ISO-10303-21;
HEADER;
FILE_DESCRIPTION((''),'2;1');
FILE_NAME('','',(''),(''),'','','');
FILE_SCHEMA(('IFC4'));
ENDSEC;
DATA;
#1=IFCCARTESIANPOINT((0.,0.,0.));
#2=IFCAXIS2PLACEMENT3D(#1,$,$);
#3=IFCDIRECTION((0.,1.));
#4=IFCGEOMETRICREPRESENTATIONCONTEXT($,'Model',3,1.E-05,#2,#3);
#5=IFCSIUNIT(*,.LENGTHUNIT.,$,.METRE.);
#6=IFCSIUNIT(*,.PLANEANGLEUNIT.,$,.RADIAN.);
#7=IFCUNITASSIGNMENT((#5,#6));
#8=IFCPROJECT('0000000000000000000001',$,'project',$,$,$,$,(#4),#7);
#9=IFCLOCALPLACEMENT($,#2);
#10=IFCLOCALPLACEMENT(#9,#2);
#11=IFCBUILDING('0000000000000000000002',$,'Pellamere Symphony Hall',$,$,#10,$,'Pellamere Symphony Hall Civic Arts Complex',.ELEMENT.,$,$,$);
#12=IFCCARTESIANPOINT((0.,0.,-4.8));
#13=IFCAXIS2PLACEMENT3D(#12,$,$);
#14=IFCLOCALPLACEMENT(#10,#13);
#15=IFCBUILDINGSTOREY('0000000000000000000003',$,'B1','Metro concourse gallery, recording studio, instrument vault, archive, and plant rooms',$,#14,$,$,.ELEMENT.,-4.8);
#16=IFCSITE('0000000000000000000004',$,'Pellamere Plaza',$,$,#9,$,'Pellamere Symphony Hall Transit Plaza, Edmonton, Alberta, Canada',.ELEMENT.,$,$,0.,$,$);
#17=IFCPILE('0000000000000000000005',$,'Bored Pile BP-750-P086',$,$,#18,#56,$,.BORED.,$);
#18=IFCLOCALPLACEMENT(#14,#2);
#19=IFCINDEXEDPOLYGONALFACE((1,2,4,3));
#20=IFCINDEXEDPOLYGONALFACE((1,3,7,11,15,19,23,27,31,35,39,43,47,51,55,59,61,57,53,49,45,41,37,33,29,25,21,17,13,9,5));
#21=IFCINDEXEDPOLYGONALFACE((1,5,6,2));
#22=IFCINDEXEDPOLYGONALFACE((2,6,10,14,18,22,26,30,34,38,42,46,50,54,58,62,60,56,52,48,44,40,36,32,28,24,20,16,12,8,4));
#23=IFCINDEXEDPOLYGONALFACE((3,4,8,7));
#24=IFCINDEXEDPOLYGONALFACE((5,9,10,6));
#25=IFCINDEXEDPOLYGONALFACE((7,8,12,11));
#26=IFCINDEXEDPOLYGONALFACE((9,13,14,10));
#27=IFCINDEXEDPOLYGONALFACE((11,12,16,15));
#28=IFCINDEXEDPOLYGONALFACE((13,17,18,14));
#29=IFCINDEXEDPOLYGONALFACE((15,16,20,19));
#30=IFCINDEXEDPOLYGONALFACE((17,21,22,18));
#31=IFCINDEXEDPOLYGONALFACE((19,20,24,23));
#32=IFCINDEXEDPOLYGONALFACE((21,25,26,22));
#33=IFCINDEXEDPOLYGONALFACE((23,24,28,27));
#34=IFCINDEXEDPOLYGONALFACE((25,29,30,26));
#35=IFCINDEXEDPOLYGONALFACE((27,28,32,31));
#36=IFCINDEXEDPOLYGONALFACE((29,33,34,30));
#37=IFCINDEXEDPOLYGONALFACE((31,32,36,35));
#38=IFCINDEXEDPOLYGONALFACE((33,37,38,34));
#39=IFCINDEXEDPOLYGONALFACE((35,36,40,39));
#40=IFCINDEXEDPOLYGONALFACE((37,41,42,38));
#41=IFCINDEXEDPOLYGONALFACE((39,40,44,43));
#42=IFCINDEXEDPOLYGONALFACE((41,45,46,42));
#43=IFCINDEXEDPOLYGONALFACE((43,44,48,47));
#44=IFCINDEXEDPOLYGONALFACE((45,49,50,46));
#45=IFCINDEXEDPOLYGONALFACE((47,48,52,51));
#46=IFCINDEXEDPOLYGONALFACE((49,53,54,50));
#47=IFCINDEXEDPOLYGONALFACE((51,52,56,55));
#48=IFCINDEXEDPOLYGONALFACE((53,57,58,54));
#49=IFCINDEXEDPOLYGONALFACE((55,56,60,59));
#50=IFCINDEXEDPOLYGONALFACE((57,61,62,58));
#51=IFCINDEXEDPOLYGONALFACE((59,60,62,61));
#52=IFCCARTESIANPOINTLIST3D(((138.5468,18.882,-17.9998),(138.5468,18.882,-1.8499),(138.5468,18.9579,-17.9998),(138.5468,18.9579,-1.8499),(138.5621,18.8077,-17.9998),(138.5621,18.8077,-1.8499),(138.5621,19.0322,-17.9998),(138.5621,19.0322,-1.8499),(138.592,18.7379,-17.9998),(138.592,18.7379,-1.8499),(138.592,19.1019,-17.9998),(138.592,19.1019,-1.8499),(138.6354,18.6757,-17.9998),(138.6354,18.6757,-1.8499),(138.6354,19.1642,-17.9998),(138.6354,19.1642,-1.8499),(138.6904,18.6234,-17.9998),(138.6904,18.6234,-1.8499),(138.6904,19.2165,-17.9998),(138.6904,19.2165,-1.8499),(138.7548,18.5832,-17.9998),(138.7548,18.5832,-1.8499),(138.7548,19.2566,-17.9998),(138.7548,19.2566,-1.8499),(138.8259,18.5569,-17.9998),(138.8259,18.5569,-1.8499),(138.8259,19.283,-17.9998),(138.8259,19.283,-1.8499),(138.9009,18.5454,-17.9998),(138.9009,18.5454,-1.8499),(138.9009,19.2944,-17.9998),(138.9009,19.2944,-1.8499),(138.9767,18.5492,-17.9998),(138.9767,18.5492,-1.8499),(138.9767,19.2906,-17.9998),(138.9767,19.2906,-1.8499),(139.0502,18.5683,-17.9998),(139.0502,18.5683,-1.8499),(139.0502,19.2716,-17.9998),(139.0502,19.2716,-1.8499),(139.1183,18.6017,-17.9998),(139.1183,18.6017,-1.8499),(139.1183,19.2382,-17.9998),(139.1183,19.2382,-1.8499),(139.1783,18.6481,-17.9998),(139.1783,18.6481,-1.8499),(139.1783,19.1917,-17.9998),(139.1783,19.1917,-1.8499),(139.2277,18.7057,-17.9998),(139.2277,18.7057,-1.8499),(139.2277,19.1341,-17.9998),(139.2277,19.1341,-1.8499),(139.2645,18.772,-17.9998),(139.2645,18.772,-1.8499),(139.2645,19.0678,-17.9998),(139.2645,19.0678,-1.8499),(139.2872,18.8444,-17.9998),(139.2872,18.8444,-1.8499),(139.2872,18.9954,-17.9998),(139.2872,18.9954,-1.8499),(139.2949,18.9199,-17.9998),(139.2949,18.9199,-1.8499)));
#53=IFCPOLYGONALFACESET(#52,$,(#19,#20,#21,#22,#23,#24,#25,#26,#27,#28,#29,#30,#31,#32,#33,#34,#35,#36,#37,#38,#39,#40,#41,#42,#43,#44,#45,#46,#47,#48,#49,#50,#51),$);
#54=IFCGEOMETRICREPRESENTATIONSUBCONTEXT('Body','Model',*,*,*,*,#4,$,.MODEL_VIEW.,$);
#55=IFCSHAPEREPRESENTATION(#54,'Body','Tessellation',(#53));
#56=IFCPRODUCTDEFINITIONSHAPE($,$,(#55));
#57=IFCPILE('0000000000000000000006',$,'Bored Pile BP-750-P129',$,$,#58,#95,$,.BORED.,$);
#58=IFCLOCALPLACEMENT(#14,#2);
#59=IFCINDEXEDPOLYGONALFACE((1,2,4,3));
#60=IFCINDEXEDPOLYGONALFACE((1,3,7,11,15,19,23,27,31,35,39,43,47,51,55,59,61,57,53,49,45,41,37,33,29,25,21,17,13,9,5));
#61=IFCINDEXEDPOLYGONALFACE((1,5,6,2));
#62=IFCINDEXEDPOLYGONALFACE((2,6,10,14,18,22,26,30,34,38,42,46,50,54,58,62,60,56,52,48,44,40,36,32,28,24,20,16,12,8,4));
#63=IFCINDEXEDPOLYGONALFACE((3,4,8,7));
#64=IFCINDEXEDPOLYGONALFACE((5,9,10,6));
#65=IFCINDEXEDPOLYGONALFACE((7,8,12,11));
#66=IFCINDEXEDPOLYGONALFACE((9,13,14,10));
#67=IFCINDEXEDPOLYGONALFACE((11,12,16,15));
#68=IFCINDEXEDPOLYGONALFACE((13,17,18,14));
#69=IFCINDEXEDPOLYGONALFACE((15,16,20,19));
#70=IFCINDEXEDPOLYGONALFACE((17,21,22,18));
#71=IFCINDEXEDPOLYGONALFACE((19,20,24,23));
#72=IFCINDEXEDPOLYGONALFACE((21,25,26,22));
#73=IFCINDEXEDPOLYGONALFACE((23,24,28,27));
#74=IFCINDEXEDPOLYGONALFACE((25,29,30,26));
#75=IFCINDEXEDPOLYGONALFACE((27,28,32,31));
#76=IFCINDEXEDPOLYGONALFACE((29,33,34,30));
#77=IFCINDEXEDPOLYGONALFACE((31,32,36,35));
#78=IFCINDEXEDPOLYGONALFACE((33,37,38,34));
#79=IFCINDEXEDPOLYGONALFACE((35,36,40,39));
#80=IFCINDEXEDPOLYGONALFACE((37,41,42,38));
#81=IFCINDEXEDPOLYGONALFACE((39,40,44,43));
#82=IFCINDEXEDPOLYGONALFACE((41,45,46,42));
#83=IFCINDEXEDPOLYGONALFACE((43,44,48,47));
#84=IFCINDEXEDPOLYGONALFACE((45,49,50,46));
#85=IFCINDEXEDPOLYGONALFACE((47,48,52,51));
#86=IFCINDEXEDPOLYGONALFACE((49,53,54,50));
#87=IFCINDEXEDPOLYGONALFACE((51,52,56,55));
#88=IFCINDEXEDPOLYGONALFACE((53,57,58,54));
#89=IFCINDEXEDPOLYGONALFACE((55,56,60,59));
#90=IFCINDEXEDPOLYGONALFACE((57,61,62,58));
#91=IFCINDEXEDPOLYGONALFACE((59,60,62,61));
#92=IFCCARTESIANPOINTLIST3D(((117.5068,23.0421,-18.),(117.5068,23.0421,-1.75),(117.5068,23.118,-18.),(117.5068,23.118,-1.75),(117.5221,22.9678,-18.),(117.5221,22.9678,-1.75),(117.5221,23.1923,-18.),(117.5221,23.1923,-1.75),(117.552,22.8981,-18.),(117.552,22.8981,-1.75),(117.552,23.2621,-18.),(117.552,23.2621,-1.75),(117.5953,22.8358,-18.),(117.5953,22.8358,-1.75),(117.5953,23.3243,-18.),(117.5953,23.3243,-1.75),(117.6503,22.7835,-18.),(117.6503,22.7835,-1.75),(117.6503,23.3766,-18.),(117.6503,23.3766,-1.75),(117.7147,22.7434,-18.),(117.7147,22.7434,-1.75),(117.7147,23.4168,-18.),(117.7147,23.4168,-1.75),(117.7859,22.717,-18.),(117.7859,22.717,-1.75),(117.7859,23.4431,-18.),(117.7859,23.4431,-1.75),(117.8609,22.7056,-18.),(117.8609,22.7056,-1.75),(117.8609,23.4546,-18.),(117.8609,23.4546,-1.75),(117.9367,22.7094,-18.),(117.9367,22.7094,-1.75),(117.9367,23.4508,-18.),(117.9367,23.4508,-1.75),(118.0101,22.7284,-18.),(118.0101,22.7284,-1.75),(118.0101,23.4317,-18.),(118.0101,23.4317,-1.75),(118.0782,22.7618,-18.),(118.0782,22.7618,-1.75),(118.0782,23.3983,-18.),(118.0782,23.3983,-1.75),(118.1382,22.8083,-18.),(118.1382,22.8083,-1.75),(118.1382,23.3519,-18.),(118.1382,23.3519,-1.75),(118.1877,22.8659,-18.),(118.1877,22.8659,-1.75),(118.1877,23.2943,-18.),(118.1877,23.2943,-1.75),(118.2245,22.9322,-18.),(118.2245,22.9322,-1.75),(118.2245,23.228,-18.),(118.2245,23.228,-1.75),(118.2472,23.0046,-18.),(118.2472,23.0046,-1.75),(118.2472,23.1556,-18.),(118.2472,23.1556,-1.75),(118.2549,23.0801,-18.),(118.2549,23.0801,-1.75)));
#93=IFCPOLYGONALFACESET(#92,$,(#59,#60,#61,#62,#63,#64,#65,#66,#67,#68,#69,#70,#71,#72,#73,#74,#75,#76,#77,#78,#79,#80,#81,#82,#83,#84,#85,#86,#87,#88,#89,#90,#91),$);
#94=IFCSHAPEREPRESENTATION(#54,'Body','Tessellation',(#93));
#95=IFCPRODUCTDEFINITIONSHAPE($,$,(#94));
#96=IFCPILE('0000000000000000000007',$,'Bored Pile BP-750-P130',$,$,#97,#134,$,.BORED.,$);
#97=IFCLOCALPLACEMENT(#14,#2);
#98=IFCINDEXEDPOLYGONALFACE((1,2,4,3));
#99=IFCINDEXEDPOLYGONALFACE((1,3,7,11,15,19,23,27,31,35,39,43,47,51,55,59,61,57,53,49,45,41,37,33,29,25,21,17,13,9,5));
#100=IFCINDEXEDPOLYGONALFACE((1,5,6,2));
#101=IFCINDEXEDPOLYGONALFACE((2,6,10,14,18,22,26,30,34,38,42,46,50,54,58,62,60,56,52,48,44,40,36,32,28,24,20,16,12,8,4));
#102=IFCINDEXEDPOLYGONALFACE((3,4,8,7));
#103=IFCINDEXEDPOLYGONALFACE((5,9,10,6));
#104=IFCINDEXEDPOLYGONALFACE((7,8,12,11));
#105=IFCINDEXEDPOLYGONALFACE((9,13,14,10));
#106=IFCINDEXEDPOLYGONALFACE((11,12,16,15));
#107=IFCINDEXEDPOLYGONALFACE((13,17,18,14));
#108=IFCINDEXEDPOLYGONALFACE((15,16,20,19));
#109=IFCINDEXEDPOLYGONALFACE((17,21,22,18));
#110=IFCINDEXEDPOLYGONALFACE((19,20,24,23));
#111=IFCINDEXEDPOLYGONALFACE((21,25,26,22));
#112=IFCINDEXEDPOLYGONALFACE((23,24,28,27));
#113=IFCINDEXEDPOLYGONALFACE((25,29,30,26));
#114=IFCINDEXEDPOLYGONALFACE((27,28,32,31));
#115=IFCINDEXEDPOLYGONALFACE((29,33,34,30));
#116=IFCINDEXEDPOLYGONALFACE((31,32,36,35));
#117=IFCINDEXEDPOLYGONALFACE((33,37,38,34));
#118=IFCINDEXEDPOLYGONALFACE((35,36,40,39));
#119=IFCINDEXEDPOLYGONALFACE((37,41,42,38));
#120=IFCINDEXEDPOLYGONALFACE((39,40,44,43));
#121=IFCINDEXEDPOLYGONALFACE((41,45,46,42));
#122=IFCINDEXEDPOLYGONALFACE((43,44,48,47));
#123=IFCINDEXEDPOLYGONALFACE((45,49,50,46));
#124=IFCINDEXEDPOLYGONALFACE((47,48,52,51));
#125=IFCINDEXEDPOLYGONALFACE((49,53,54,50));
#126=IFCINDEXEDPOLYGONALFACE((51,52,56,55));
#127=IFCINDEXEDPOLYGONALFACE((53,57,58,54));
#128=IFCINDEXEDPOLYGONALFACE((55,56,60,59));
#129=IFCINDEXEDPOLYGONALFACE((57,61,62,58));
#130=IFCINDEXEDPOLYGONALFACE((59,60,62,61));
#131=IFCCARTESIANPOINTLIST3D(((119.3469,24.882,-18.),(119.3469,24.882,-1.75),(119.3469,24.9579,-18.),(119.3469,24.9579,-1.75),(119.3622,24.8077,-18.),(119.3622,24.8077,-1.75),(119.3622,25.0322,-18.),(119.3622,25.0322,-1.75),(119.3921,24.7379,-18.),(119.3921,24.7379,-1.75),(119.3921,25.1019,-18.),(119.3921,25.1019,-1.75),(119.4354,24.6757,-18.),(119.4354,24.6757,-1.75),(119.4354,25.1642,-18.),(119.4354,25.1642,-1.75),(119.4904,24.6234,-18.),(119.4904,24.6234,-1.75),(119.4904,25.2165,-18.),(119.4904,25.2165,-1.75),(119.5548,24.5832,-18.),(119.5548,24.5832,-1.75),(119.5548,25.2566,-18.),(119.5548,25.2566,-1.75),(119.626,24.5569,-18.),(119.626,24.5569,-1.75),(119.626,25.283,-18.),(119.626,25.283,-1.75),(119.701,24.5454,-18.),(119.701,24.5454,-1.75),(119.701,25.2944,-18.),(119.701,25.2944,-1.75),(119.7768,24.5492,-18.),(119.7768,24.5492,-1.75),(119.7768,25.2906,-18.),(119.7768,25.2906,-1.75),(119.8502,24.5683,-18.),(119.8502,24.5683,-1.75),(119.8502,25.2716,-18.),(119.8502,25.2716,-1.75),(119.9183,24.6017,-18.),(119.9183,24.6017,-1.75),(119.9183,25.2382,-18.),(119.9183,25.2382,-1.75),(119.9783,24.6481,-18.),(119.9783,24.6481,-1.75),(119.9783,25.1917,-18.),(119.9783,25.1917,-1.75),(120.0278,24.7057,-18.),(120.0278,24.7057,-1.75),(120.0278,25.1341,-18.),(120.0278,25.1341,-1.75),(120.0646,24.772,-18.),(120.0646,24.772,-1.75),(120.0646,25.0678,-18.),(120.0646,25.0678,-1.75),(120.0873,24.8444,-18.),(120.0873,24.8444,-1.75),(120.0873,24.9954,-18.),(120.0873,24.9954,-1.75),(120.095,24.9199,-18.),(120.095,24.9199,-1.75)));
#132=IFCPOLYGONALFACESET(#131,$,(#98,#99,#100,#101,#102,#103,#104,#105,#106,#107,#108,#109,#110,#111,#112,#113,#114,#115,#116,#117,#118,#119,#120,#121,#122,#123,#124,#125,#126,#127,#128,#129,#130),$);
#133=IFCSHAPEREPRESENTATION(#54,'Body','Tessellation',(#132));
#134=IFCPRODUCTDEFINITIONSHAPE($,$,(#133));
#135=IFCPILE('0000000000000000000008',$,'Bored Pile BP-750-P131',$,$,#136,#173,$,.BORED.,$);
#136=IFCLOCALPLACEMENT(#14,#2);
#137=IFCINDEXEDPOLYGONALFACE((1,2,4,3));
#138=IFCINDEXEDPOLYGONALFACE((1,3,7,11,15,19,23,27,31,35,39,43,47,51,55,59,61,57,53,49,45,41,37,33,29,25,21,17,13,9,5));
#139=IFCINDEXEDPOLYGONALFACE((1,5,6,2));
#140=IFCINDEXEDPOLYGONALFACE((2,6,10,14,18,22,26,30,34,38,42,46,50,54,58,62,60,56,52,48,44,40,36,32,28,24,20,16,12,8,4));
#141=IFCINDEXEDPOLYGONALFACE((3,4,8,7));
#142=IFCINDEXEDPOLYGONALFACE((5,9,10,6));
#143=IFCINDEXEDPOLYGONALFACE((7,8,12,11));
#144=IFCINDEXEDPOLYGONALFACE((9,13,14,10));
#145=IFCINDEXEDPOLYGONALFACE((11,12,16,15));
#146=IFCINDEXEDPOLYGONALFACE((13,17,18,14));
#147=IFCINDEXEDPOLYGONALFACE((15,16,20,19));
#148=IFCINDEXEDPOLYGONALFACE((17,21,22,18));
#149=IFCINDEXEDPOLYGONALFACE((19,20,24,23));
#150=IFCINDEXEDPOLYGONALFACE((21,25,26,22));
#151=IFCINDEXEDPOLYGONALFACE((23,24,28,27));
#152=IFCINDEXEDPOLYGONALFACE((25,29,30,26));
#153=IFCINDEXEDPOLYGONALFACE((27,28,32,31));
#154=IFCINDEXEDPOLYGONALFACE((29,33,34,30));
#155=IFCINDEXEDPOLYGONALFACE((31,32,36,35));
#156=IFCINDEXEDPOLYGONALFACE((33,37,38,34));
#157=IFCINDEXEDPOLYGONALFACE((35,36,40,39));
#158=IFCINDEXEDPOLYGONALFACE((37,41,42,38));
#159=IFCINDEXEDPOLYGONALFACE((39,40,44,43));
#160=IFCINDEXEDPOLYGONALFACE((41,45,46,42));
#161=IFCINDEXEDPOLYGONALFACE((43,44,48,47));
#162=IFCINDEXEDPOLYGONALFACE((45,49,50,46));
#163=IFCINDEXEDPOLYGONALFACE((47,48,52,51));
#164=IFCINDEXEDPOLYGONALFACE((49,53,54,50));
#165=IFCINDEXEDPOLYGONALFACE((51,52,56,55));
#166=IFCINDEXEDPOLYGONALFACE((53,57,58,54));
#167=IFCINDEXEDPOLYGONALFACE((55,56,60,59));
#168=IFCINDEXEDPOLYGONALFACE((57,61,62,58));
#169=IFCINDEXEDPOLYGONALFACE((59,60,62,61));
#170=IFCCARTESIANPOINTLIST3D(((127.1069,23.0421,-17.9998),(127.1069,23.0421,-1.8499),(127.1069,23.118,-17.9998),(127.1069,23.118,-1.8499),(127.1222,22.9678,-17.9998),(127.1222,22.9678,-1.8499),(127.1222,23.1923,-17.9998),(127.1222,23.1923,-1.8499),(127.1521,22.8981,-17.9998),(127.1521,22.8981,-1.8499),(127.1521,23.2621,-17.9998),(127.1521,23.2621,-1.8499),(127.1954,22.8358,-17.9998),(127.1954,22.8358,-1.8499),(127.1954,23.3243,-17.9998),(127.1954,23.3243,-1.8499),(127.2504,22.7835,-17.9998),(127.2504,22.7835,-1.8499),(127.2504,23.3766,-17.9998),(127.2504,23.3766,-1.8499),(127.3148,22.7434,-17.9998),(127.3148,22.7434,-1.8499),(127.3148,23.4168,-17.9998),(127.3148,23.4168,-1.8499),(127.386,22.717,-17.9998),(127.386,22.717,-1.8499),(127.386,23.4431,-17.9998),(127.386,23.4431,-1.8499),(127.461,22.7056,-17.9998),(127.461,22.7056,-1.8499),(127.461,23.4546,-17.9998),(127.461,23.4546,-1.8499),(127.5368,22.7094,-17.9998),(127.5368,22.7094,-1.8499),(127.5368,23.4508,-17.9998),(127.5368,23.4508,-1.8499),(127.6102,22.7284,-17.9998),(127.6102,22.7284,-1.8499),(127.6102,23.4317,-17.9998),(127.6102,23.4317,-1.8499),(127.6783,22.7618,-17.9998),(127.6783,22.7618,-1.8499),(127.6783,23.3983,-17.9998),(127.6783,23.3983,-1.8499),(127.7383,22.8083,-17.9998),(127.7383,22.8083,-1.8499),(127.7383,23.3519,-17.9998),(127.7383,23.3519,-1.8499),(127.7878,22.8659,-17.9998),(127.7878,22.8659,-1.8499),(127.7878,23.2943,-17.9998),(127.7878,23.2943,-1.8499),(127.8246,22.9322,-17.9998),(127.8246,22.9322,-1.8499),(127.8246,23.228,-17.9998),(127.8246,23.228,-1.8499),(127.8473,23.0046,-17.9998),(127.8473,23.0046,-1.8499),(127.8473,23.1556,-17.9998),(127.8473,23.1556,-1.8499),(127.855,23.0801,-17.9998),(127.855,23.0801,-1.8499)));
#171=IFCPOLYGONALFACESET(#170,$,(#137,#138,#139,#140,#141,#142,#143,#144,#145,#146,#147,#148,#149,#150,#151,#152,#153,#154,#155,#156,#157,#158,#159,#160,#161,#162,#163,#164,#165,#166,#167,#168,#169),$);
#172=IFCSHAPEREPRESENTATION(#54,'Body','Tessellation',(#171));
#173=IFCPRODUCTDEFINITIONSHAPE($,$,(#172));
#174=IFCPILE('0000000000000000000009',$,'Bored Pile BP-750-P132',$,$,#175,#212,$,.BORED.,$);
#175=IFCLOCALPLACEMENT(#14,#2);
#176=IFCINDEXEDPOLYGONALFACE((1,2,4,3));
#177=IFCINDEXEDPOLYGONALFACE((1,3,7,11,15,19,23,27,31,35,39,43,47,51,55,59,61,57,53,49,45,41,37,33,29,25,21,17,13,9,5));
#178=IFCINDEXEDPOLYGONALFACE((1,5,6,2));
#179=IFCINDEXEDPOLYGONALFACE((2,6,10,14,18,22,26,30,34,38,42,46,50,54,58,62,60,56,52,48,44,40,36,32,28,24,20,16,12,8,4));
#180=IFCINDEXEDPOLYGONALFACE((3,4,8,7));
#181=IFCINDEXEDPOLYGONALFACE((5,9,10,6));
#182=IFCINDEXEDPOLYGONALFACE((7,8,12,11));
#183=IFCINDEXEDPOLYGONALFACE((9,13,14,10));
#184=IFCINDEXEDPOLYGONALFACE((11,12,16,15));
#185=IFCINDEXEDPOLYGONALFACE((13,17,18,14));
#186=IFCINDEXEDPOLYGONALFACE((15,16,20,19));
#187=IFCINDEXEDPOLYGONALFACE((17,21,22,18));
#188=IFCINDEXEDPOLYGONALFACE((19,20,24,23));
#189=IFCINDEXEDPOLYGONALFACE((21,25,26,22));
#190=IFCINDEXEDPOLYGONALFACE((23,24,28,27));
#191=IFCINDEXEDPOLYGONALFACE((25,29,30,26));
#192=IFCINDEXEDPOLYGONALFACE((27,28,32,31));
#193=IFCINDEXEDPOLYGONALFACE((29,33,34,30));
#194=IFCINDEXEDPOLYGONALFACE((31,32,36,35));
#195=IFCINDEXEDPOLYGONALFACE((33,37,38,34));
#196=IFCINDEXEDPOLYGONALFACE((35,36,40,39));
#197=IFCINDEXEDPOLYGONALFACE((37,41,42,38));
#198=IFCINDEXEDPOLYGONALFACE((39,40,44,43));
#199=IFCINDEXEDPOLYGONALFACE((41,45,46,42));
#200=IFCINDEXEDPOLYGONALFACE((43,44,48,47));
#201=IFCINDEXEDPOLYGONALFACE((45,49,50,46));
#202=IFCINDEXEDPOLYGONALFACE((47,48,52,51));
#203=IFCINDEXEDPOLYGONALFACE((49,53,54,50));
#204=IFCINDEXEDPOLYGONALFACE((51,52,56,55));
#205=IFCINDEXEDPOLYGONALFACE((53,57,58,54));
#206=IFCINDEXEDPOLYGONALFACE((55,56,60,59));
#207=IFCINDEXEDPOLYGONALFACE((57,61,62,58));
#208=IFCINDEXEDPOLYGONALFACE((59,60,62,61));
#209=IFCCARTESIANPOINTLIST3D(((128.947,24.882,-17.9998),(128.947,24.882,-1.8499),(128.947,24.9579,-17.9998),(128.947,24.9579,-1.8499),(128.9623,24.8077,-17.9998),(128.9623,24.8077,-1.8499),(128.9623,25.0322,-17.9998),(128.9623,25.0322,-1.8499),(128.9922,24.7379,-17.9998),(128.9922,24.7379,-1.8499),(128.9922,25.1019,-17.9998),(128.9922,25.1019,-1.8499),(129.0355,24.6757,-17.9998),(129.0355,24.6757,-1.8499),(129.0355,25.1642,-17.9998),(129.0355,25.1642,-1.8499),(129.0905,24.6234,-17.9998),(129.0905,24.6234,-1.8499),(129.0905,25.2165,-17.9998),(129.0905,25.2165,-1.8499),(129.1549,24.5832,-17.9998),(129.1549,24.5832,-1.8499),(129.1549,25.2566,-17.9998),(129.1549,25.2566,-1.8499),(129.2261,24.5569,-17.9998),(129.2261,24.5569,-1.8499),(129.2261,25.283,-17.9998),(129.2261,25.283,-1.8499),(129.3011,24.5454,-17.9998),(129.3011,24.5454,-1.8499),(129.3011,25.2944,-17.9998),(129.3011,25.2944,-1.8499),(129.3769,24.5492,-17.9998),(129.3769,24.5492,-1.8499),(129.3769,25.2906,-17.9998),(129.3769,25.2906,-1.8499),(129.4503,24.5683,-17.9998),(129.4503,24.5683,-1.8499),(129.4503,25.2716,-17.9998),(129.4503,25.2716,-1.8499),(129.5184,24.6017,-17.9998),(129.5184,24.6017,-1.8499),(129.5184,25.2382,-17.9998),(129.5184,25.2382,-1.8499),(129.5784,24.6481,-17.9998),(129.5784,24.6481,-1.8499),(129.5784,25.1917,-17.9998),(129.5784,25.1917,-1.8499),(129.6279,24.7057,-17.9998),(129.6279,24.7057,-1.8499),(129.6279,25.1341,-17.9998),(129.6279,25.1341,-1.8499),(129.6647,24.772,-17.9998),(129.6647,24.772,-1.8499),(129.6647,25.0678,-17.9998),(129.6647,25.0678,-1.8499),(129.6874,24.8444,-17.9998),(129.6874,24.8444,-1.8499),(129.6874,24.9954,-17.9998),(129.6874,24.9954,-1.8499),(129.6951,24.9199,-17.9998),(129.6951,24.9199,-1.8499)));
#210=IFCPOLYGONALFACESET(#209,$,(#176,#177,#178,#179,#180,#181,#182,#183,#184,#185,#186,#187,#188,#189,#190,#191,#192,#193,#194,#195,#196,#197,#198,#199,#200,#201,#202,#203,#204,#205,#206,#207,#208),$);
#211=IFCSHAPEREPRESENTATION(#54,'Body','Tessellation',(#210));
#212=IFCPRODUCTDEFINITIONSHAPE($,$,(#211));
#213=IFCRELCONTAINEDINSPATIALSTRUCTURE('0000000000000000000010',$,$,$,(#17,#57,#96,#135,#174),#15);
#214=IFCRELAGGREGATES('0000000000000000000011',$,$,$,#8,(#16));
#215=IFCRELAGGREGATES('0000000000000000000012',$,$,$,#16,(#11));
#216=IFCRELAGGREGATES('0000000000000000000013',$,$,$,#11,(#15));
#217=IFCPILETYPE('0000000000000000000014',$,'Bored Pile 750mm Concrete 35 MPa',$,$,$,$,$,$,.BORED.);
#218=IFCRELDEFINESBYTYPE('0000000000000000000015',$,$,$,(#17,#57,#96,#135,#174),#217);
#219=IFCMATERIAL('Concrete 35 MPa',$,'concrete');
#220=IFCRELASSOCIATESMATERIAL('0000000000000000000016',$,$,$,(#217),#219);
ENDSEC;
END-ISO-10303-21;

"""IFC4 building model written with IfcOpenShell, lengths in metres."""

from ifc_helpers import new_model, si_unit, direction, frame, origin, origin_2d, place, context, subcontext, project, spatial, circle, extrude, material, material_profile, profile_set, type_object, element, save


model = new_model("IFC4")

# Units and contexts
model_context = context("Model", 3, precision=1e-05, world=origin(), true_north=direction((0.0, 1.0)))
body_context = subcontext(model_context, "Body", "Model", "MODEL_VIEW")
ifc_project = project(units=[si_unit("LENGTHUNIT", "METRE"), si_unit("PLANEANGLEUNIT", "RADIAN")], contexts=[model_context])

# Site, building, storey
site_placement = place(None, origin())
site = spatial("IfcSite", under=ifc_project, at=site_placement, Name="Pellamere Plaza", LongName="Pellamere Symphony Hall Transit Plaza, Edmonton, Alberta, Canada", CompositionType="ELEMENT", RefElevation=0.0)
building_placement = place(site_placement, origin())
building = spatial("IfcBuilding", under=site, at=building_placement, Name="Pellamere Symphony Hall", LongName="Pellamere Symphony Hall Civic Arts Complex", CompositionType="ELEMENT")
storey_placement = place(building_placement, frame((0.0, 0.0, -4.8)))
storey = spatial("IfcBuildingStorey", under=building, at=storey_placement, Name="B1", Description="Metro concourse gallery, recording studio, instrument vault, archive, and plant rooms", CompositionType="ELEMENT", Elevation=-4.8)

# Piles
ifc_material_1 = material(Name="Concrete 35 MPa", Category="concrete")
ifc_material_profile_1 = material_profile(ifc_material_1, circle(Radius=0.375, at=origin_2d()), Name="PILE D750")
ifc_profile_set_1 = profile_set([ifc_material_profile_1], Name="Concrete 35 MPa")
pile_type_1 = type_object("IfcPileType", Name="Bored Pile 750mm Concrete 35 MPa", PredefinedType="BORED", material=ifc_profile_set_1)
pile_1_placement = place(storey_placement, frame((138.9199, 18.9199, -1.8499), z_axis=(0.0, 0.0, -1.0), x_axis=(1.0, 0.0, 0.0)))
element("IfcPile", 1, at=pile_1_placement, inside=storey, type_object=pile_type_1, Name="Bored Pile BP-750-P086", PredefinedType="BORED", context=body_context, shape_type="SweptSolid", body=[
    extrude(circle(Radius=0.375, at=origin_2d()), origin(), (0.0, 0.0, 1.0), 16.1499),
])
for number, where, z_axis, x_axis, name in (
    (2, (117.8799, 23.0801, -1.75), (0.0, 0.0, -1.0), (1.0, 0.0, 0.0), "Bored Pile BP-750-P129"),
    (3, (119.72, 24.9199, -1.75), (0.0, 0.0, -1.0), (1.0, 0.0, 0.0), "Bored Pile BP-750-P130"),
):
    element("IfcPile", number, at=place(storey_placement, frame(where, z_axis=z_axis, x_axis=x_axis)), inside=storey, type_object=pile_type_1, Name=name, PredefinedType="BORED", context=body_context, shape_type="SweptSolid", body=[
        extrude(circle(Radius=0.375, at=origin_2d()), origin(), (0.0, 0.0, 1.0), 16.25),
    ])
for number, where, z_axis, x_axis, name in (
    (4, (127.48, 23.0801, -1.8499), (0.0, 0.0, -1.0), (1.0, 0.0, 0.0), "Bored Pile BP-750-P131"),
    (5, (129.3201, 24.9199, -1.8499), (0.0, 0.0, -1.0), (1.0, 0.0, 0.0), "Bored Pile BP-750-P132"),
):
    element("IfcPile", number, at=place(storey_placement, frame(where, z_axis=z_axis, x_axis=x_axis)), inside=storey, type_object=pile_type_1, Name=name, PredefinedType="BORED", context=body_context, shape_type="SweptSolid", body=[
        extrude(circle(Radius=0.375, at=origin_2d()), origin(), (0.0, 0.0, 1.0), 16.1499),
    ])

save(model, "model.ifc")
